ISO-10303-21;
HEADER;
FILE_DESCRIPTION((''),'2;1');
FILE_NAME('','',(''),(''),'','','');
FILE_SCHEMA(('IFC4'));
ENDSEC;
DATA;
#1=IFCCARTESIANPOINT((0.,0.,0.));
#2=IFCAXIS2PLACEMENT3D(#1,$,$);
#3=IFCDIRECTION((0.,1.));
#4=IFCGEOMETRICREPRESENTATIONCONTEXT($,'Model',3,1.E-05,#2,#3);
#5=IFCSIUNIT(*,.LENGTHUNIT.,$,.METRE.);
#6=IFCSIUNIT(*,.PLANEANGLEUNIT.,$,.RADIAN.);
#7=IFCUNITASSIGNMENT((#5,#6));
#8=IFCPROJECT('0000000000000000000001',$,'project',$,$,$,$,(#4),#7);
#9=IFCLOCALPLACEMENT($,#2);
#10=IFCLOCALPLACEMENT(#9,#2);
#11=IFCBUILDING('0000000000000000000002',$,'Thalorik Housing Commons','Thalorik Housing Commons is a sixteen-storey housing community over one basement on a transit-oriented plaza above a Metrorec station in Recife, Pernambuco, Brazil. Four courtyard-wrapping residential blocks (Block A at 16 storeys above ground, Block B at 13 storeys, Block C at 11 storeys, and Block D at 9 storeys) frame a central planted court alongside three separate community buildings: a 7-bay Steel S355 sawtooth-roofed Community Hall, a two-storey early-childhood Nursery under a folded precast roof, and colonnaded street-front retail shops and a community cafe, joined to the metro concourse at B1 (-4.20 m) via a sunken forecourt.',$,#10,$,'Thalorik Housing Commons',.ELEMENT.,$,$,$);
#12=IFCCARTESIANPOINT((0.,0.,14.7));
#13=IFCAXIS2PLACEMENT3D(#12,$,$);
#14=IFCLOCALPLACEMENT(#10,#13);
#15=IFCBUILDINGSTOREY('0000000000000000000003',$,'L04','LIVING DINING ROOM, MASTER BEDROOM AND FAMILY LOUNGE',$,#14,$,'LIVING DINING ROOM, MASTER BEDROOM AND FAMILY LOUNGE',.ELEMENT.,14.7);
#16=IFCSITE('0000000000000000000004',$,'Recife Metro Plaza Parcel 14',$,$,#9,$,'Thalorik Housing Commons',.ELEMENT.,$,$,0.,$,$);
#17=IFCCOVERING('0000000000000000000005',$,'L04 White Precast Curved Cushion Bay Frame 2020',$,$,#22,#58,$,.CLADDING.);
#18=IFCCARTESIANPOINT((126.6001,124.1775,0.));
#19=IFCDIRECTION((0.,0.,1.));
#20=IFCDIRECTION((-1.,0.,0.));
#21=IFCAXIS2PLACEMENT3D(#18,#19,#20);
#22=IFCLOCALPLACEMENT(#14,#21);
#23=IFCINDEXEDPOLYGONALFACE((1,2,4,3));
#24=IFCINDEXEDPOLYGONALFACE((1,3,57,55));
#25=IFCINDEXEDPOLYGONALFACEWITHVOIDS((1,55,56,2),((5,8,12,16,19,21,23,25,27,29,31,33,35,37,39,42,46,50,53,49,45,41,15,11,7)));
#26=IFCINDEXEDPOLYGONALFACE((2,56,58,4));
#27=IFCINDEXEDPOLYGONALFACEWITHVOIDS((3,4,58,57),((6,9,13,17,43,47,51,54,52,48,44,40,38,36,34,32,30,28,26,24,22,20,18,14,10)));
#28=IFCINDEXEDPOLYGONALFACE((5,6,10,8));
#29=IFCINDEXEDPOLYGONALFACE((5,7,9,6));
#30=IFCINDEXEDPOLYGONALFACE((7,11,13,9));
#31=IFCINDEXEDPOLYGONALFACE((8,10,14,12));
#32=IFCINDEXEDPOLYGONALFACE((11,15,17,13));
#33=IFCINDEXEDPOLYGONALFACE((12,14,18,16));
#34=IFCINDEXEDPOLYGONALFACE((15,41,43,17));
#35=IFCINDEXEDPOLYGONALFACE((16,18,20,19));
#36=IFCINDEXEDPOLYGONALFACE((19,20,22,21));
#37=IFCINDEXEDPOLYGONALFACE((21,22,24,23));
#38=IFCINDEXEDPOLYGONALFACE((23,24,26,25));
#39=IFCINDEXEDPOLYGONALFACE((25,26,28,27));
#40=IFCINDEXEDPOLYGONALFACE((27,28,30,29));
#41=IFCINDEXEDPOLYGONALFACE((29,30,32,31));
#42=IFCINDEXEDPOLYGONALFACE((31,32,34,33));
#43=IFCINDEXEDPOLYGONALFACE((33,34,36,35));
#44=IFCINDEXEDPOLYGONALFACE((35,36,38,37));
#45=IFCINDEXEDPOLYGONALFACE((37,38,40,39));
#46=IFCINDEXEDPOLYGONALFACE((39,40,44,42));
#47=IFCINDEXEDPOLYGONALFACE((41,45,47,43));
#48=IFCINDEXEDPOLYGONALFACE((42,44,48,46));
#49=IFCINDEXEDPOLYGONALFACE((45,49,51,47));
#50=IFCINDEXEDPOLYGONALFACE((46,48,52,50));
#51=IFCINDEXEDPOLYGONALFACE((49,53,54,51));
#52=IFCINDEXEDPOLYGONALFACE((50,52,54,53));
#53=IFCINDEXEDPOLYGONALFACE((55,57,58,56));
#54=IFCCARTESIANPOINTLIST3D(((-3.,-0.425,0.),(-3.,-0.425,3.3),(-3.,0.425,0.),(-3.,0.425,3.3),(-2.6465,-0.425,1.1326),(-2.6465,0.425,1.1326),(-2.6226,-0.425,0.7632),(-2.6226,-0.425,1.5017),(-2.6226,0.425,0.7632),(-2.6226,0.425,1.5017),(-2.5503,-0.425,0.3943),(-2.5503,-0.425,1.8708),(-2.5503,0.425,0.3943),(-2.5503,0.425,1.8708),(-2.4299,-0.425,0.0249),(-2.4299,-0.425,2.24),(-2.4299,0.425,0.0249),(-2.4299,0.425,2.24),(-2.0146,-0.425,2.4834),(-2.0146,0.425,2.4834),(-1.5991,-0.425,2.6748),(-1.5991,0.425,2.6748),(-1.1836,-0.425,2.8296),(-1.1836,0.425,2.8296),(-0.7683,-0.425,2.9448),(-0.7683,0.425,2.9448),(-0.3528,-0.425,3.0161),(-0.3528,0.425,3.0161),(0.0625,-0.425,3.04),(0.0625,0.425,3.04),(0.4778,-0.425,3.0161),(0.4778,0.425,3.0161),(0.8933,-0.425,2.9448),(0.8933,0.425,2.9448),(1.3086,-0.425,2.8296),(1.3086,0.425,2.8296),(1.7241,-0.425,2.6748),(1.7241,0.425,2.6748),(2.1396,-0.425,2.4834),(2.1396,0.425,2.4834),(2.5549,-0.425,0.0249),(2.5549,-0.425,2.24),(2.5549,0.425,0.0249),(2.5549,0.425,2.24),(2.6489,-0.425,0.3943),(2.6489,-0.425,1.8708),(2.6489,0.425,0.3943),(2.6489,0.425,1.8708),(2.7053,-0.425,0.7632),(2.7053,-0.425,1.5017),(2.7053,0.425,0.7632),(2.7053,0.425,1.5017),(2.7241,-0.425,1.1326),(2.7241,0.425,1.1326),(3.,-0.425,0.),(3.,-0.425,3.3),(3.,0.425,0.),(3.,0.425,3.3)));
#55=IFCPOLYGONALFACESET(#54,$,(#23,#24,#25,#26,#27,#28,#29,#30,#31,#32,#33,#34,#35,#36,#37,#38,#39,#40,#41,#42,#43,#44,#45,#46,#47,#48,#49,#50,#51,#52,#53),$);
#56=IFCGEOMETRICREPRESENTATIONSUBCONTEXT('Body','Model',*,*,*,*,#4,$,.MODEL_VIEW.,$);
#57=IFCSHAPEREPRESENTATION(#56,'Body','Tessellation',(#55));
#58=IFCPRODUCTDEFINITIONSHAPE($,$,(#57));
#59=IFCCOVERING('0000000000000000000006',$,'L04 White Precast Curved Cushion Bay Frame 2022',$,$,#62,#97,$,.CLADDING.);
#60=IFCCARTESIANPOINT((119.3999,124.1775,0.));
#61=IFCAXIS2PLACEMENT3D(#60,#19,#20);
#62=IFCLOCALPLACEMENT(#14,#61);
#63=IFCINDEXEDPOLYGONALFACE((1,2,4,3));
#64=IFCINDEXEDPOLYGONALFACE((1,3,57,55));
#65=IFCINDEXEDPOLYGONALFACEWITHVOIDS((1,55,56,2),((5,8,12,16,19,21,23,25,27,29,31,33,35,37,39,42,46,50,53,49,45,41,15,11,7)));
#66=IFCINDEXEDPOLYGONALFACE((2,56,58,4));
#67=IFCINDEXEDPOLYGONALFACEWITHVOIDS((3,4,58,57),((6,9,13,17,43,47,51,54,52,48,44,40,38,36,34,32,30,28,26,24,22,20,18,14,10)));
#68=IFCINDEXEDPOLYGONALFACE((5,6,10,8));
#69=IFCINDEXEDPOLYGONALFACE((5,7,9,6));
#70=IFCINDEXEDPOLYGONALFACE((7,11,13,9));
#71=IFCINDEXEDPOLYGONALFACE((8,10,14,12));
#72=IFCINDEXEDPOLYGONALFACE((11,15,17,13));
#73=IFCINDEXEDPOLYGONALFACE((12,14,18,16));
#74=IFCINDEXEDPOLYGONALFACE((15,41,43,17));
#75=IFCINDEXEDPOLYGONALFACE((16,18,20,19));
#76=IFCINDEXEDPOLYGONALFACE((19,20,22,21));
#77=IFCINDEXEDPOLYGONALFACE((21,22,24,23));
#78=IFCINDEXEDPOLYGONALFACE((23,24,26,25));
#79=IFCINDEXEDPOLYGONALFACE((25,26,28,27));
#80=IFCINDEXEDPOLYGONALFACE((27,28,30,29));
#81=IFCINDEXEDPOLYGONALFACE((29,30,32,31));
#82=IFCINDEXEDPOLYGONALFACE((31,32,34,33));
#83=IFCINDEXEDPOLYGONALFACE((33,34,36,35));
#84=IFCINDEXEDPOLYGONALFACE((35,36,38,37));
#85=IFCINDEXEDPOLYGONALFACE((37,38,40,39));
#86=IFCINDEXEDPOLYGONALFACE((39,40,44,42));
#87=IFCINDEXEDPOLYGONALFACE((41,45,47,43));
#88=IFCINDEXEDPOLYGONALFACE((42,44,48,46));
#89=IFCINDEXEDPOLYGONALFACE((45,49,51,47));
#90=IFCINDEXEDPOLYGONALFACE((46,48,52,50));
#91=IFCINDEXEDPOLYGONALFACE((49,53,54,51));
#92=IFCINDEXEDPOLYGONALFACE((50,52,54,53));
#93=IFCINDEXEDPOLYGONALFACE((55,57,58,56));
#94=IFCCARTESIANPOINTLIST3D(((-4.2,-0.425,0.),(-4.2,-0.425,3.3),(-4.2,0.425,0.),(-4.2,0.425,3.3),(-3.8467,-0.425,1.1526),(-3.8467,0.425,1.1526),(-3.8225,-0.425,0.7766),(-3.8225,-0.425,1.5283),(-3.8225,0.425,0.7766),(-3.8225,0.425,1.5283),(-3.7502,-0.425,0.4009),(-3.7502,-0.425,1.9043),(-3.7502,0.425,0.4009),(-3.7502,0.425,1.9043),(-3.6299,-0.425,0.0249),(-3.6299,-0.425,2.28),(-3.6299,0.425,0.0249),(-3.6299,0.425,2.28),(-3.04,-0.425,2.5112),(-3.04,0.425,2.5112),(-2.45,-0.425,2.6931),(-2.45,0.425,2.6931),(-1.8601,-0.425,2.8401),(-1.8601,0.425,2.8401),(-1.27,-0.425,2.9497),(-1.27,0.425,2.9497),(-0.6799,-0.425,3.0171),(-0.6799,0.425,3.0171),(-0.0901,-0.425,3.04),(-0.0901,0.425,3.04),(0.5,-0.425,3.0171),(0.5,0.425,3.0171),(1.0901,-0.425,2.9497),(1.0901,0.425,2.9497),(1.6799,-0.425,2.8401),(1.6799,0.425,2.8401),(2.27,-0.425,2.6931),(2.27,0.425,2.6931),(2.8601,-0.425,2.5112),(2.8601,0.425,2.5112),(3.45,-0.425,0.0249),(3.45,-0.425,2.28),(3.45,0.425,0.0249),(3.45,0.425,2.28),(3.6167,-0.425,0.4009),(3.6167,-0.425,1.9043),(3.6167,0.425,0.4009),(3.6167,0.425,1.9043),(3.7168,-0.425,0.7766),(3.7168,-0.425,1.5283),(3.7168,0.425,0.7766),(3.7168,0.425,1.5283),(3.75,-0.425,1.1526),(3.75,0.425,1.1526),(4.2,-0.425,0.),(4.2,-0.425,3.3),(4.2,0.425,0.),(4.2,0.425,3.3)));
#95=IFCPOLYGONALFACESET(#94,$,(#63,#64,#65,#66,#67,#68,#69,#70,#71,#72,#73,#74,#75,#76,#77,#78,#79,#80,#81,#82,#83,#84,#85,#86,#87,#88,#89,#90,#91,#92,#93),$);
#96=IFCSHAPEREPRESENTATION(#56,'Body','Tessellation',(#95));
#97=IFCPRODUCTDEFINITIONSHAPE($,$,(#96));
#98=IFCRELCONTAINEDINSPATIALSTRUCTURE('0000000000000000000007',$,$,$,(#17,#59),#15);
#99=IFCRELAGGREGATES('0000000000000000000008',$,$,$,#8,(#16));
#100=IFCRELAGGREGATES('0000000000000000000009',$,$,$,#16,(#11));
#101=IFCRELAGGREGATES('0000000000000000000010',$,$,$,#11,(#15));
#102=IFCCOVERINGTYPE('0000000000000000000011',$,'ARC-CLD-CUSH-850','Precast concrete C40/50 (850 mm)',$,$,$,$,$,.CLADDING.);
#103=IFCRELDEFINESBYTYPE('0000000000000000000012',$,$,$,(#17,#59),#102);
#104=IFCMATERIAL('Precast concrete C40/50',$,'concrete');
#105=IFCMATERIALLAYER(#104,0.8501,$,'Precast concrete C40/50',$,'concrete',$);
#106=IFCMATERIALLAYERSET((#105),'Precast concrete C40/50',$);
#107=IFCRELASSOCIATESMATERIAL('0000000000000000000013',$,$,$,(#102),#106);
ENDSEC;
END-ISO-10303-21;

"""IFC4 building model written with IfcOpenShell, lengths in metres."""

from ifc_helpers import new_model, si_unit, direction, frame, origin, place, context, subcontext, project, spatial, polyline, outline, extrude, material, layer, layer_set, type_object, element, save


model = new_model("IFC4")

# Units and contexts
model_context = context("Model", 3, precision=1e-05, world=origin(), true_north=direction((0.0, 1.0)))
body_context = subcontext(model_context, "Body", "Model", "MODEL_VIEW")
ifc_project = project(units=[si_unit("LENGTHUNIT", "METRE"), si_unit("PLANEANGLEUNIT", "RADIAN")], contexts=[model_context])

# Site, building, storey
site_placement = place(None, origin())
site = spatial("IfcSite", under=ifc_project, at=site_placement, Name="Recife Metro Plaza Parcel 14", LongName="Thalorik Housing Commons", CompositionType="ELEMENT", RefElevation=0.0)
building_placement = place(site_placement, origin())
building = spatial("IfcBuilding", under=site, at=building_placement, Name="Thalorik Housing Commons", Description="Thalorik Housing Commons is a sixteen-storey housing community over one basement on a transit-oriented plaza above a Metrorec station in Recife, Pernambuco, Brazil. Four courtyard-wrapping residential blocks (Block A at 16 storeys above ground, Block B at 13 storeys, Block C at 11 storeys, and Block D at 9 storeys) frame a central planted court alongside three separate community buildings: a 7-bay Steel S355 sawtooth-roofed Community Hall, a two-storey early-childhood Nursery under a folded precast roof, and colonnaded street-front retail shops and a community cafe, joined to the metro concourse at B1 (-4.20 m) via a sunken forecourt.", LongName="Thalorik Housing Commons", CompositionType="ELEMENT")
storey_placement = place(building_placement, frame((0.0, 0.0, 14.7)))
storey = spatial("IfcBuildingStorey", under=building, at=storey_placement, Name="L04", Description="LIVING DINING ROOM, MASTER BEDROOM AND FAMILY LOUNGE", LongName="LIVING DINING ROOM, MASTER BEDROOM AND FAMILY LOUNGE", CompositionType="ELEMENT", Elevation=14.7)

# Shared definitions
ifc_material_1 = material(Name="Precast concrete C40/50", Category="concrete")

# Coverings
ifc_layer_1 = layer(ifc_material_1, 0.8501, Name="Precast concrete C40/50", Category="concrete")
ifc_layer_set_1 = layer_set([ifc_layer_1], Name="Precast concrete C40/50")
covering_type_1 = type_object("IfcCoveringType", Name="ARC-CLD-CUSH-850", Description="Precast concrete C40/50 (850 mm)", PredefinedType="CLADDING", material=ifc_layer_set_1)
covering_1_placement = place(storey_placement, frame((126.6001, 124.1775, 0.0), z_axis=(0.0, 0.0, 1.0), x_axis=(-1.0, 0.0, 0.0)))
element("IfcCovering", 1, at=covering_1_placement, inside=storey, type_object=covering_type_1, Name="L04 White Precast Curved Cushion Bay Frame 2020", PredefinedType="CLADDING", context=body_context, shape_type="SweptSolid", body=[
    extrude(outline(polyline([(-3.0, 0.0), (3.0, 0.0), (3.0, 3.3), (-3.0, 3.3), (-3.0, 0.0)]), holes=[polyline([(2.5549, 0.0249), (2.6489, 0.3943), (2.7053, 0.7632), (2.7241, 1.1326), (2.7053, 1.5017), (2.6489, 1.8708), (2.5549, 2.24), (2.1396, 2.4834), (1.7241, 2.6748), (1.3086, 2.8296), (0.8933, 2.9448), (0.4778, 3.0161), (0.0625, 3.04), (-0.3528, 3.0161), (-0.7683, 2.9448), (-1.1836, 2.8296), (-1.5991, 2.6748), (-2.0146, 2.4834), (-2.4299, 2.24), (-2.5503, 1.8708), (-2.6226, 1.5017), (-2.6465, 1.1326), (-2.6226, 0.7632), (-2.5503, 0.3943), (-2.4299, 0.0249), (2.5549, 0.0249)])]), frame((0.0, 0.425, 0.0), z_axis=(0.0, -1.0, 0.0), x_axis=(1.0, 0.0, 0.0)), (0.0, 0.0, 1.0), 0.8501),
])
covering_2_placement = place(storey_placement, frame((119.3999, 124.1775, 0.0), z_axis=(0.0, 0.0, 1.0), x_axis=(-1.0, 0.0, 0.0)))
element("IfcCovering", 2, at=covering_2_placement, inside=storey, type_object=covering_type_1, Name="L04 White Precast Curved Cushion Bay Frame 2022", PredefinedType="CLADDING", context=body_context, shape_type="SweptSolid", body=[
    extrude(outline(polyline([(-4.2, 0.0), (4.2, 0.0), (4.2, 3.3), (-4.2, 3.3), (-4.2, 0.0)]), holes=[polyline([(3.45, 0.0249), (3.6167, 0.4009), (3.7168, 0.7766), (3.75, 1.1526), (3.7168, 1.5283), (3.6167, 1.9043), (3.45, 2.28), (2.8601, 2.5112), (2.27, 2.6931), (1.6799, 2.8401), (1.0901, 2.9497), (0.5, 3.0171), (-0.0901, 3.04), (-0.6799, 3.0171), (-1.27, 2.9497), (-1.8601, 2.8401), (-2.45, 2.6931), (-3.04, 2.5112), (-3.6299, 2.28), (-3.7502, 1.9043), (-3.8225, 1.5283), (-3.8467, 1.1526), (-3.8225, 0.7766), (-3.7502, 0.4009), (-3.6299, 0.0249), (3.45, 0.0249)])]), frame((0.0, 0.425, 0.0), z_axis=(0.0, -1.0, 0.0), x_axis=(1.0, 0.0, 0.0)), (0.0, 0.0, 1.0), 0.8501),
])

save(model, "model.ifc")
